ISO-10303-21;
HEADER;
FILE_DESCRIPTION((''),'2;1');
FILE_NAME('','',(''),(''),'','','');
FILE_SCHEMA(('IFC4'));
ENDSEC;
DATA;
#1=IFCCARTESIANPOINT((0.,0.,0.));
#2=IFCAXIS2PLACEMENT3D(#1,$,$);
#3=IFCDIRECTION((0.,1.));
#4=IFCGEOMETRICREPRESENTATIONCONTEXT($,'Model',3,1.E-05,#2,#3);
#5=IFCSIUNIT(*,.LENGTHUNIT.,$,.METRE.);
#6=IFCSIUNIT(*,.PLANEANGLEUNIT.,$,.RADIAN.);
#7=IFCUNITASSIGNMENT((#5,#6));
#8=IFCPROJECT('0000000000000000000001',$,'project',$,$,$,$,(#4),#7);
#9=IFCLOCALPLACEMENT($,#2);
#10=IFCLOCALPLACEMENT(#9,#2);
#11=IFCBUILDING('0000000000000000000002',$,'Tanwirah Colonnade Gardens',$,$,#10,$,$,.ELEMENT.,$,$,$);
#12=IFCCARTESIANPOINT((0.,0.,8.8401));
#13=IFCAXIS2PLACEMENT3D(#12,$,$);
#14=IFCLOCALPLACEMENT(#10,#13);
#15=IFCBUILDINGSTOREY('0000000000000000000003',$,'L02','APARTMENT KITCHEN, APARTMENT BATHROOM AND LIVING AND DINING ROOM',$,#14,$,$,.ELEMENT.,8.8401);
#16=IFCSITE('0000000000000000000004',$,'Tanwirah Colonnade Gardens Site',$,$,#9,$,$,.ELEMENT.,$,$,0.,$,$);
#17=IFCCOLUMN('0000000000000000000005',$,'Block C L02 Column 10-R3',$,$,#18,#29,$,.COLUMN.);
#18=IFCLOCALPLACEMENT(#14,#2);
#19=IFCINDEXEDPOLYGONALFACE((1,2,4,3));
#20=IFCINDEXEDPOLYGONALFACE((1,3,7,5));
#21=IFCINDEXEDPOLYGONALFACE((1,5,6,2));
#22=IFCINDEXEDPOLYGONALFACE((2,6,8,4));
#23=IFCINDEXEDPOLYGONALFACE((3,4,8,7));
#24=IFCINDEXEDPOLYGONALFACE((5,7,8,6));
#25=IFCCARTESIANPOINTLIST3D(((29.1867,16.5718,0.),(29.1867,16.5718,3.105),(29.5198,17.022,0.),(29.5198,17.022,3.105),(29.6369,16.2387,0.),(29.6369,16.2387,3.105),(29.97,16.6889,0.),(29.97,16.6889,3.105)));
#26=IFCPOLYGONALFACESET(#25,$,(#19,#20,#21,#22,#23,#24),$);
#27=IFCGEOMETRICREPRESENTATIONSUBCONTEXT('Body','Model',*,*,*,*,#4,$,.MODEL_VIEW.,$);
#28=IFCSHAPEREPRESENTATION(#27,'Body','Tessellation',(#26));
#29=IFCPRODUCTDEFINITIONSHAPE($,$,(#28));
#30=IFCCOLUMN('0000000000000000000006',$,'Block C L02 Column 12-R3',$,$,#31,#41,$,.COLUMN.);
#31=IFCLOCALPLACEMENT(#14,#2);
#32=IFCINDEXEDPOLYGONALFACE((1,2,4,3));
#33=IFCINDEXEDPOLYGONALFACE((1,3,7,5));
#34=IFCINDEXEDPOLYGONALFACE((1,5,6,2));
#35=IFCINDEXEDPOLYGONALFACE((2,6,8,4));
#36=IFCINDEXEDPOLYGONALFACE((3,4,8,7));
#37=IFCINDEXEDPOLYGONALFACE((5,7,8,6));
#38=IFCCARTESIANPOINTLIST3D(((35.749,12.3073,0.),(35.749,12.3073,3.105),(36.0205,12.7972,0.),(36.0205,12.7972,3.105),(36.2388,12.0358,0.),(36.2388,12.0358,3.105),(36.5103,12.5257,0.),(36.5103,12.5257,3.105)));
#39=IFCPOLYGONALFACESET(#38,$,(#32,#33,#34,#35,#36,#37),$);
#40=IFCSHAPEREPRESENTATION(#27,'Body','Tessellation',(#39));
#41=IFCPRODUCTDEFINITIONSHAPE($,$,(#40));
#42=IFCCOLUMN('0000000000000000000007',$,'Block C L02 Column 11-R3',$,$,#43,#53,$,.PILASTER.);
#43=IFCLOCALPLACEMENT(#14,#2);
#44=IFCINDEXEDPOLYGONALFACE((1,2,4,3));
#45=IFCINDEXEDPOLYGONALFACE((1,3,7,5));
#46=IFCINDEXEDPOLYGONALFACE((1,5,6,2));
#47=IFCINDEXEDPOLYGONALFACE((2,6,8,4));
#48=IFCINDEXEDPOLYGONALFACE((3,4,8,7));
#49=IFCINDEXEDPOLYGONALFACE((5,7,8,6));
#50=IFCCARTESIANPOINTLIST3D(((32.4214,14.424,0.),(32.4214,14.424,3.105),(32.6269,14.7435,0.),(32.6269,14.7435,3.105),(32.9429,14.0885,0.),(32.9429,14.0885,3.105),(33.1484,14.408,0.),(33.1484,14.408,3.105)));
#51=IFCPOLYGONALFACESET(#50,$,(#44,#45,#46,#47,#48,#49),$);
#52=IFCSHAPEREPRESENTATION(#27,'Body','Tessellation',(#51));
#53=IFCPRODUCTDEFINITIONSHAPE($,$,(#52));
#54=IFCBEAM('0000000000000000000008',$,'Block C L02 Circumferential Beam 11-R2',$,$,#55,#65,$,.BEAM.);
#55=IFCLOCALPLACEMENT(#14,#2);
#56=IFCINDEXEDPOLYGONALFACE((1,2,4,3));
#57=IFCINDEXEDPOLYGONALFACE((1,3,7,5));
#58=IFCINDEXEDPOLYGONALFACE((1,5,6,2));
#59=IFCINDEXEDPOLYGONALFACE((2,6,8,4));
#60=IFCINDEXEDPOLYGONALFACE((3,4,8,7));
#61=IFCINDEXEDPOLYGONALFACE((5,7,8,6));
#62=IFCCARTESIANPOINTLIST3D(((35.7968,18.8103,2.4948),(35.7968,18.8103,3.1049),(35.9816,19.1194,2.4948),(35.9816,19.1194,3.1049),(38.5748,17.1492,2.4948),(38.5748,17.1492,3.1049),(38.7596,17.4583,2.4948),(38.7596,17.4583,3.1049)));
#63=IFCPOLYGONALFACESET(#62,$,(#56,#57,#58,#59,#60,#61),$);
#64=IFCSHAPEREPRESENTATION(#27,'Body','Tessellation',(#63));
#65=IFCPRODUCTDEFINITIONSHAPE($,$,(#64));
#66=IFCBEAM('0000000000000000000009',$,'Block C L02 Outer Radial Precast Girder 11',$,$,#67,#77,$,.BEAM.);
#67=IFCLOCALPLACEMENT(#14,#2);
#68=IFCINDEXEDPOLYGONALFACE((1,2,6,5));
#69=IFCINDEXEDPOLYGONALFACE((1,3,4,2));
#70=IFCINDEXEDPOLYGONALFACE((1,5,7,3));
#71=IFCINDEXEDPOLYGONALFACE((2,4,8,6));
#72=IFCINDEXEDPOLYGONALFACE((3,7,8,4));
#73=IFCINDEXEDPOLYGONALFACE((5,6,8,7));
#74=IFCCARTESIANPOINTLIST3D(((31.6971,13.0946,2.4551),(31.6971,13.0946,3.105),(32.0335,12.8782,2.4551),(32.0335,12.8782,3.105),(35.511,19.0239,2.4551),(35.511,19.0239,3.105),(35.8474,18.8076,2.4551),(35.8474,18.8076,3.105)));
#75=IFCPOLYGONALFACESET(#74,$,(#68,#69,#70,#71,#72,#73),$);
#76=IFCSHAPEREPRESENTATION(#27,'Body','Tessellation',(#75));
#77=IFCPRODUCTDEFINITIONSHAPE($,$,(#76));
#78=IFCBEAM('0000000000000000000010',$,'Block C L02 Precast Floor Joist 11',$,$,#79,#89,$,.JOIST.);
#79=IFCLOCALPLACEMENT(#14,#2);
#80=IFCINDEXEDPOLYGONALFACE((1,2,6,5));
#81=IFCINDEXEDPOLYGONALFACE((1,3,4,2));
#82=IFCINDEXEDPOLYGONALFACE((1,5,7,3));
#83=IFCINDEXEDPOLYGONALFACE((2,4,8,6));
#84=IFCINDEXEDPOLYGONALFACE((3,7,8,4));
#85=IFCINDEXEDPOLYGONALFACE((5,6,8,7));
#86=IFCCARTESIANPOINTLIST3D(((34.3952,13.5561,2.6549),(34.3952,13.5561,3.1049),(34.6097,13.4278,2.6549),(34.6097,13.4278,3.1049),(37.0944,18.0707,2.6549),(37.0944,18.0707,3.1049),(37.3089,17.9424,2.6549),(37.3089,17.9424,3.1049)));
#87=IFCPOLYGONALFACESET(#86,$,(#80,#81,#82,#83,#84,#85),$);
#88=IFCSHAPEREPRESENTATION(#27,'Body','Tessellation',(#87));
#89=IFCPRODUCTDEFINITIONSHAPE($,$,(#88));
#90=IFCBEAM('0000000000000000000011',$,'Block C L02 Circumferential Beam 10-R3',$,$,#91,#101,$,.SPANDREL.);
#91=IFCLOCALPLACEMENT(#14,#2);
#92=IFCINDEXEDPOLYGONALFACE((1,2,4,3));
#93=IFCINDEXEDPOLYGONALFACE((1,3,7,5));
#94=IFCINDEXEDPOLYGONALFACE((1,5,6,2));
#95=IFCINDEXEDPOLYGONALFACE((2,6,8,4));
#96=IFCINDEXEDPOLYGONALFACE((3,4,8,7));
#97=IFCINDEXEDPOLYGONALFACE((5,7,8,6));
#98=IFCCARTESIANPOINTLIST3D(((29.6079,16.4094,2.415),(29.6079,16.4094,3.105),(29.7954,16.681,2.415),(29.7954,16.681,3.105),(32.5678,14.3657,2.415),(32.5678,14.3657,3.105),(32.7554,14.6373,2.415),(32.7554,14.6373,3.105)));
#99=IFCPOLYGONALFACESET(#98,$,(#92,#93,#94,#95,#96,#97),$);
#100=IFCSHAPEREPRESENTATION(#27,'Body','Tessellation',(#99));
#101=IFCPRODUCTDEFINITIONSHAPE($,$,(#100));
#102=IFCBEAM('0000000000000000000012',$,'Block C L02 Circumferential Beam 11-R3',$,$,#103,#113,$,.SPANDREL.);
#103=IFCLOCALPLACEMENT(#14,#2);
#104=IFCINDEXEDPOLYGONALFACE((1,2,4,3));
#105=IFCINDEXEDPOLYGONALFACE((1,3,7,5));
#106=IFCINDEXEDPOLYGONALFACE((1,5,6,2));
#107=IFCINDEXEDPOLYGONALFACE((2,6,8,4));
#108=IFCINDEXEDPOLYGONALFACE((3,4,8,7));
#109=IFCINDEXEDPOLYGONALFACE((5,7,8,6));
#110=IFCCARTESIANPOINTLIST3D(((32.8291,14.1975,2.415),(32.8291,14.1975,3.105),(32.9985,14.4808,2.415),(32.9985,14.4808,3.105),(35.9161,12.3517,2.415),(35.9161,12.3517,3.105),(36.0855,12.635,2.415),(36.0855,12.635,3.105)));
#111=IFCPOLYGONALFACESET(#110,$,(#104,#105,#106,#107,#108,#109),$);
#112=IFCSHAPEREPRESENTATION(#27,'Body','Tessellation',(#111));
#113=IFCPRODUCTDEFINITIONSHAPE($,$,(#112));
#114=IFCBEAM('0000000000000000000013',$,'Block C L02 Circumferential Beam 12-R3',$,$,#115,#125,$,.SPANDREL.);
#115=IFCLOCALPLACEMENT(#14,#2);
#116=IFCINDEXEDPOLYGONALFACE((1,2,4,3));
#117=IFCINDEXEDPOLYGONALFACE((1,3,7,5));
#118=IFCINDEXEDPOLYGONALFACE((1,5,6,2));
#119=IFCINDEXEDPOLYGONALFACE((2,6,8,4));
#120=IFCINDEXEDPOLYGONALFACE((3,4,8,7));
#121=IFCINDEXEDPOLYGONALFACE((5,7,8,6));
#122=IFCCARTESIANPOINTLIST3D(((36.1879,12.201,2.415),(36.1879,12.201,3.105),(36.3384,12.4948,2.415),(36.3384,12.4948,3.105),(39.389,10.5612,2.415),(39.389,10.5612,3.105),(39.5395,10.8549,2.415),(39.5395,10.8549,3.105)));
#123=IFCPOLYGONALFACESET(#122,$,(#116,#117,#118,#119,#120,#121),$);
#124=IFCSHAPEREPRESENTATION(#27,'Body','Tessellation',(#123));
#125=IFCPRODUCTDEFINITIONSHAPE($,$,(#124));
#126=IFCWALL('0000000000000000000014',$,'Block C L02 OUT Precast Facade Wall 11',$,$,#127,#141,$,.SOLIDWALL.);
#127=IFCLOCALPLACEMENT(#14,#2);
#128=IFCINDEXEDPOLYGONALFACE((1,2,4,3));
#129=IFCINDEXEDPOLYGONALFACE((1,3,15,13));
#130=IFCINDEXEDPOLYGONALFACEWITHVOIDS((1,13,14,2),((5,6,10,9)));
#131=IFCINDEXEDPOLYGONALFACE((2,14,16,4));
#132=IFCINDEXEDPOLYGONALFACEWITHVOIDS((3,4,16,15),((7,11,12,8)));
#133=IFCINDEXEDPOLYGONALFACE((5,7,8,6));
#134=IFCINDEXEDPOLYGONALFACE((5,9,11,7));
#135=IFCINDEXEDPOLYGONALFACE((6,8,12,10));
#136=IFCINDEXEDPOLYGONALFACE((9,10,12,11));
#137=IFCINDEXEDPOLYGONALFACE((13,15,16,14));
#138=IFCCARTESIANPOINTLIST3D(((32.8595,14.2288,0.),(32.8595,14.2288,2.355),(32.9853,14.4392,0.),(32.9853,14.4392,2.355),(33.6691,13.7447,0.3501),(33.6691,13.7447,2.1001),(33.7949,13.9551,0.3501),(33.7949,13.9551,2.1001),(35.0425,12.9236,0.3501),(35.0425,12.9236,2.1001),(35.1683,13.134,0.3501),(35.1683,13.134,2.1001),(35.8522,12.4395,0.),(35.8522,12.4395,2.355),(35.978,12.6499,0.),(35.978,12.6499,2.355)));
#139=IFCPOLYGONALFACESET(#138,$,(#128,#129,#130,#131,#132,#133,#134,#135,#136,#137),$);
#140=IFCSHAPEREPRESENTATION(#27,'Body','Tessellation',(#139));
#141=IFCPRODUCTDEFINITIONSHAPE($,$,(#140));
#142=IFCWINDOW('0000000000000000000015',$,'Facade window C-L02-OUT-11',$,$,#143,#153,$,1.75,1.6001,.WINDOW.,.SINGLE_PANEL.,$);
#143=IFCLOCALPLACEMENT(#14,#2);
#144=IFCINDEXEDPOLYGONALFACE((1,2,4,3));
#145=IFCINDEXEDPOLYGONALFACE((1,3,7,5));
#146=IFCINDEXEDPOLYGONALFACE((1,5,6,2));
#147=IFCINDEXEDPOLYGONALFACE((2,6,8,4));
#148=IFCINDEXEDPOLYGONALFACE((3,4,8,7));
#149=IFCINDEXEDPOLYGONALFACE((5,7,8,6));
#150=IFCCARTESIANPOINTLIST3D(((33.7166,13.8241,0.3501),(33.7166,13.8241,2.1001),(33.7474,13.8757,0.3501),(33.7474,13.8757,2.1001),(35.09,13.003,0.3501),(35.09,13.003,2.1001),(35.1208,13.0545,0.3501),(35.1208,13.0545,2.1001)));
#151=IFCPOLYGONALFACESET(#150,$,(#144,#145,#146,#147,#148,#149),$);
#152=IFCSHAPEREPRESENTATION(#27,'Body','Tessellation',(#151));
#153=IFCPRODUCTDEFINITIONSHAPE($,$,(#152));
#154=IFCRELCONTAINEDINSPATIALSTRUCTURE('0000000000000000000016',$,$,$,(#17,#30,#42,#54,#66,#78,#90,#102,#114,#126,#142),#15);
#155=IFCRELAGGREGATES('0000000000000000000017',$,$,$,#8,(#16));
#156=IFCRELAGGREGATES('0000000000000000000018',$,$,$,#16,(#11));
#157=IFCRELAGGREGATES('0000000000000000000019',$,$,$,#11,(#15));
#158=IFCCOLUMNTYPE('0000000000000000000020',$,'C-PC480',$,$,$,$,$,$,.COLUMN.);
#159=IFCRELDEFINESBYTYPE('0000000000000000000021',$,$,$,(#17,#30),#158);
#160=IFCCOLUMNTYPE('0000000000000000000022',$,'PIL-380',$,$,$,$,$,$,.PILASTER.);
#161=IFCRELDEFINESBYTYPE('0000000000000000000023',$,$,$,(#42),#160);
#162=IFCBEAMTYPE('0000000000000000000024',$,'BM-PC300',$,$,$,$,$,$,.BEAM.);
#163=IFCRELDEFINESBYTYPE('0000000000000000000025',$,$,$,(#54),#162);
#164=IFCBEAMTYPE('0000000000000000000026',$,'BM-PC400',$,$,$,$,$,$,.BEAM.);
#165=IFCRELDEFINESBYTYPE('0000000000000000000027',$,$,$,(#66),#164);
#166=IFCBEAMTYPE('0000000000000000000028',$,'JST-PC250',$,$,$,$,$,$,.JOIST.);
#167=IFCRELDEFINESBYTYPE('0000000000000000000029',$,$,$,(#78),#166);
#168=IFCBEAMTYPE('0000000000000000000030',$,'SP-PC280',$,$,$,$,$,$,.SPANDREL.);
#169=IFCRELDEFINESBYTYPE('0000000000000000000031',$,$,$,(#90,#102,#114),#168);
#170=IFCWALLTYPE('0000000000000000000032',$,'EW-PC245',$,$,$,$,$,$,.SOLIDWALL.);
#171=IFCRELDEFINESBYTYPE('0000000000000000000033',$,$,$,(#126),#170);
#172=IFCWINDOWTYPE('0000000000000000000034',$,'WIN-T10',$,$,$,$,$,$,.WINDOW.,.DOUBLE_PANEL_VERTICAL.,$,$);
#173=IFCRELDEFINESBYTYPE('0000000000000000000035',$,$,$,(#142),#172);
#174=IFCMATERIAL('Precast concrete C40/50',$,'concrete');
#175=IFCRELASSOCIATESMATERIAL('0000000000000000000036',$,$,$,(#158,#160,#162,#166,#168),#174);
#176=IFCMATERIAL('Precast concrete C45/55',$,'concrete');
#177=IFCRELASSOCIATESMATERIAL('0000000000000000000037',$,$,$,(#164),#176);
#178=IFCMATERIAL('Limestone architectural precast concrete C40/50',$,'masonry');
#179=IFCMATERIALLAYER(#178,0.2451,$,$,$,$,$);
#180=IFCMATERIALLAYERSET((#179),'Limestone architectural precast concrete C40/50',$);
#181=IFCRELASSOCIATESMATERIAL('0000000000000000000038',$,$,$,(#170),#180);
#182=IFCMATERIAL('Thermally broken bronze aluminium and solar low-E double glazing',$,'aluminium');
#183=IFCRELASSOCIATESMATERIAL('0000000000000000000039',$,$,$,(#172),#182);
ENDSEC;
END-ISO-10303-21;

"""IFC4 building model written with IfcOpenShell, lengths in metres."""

from ifc_helpers import new_model, si_unit, direction, frame, frame_2d, origin, origin_2d, place, context, subcontext, project, spatial, rectangle, extrude, material, layer, layer_set, material_profile, profile_set, type_object, element, fill, save


model = new_model("IFC4")

# Units and contexts
model_context = context("Model", 3, precision=1e-05, world=origin(), true_north=direction((0.0, 1.0)))
body_context = subcontext(model_context, "Body", "Model", "MODEL_VIEW")
ifc_project = project(units=[si_unit("LENGTHUNIT", "METRE"), si_unit("PLANEANGLEUNIT", "RADIAN")], contexts=[model_context])

# Site, building, storey
site_placement = place(None, origin())
site = spatial("IfcSite", under=ifc_project, at=site_placement, Name="Tanwirah Colonnade Gardens Site", CompositionType="ELEMENT", RefElevation=0.0)
building_placement = place(site_placement, origin())
building = spatial("IfcBuilding", under=site, at=building_placement, Name="Tanwirah Colonnade Gardens", CompositionType="ELEMENT")
storey_placement = place(building_placement, frame((0.0, 0.0, 8.8401)))
storey = spatial("IfcBuildingStorey", under=building, at=storey_placement, Name="L02", Description="APARTMENT KITCHEN, APARTMENT BATHROOM AND LIVING AND DINING ROOM", CompositionType="ELEMENT", Elevation=8.8401)

# Columns
ifc_material_1 = material(Name="Precast concrete C40/50", Category="concrete")
ifc_material_profile_1 = material_profile(ifc_material_1, rectangle(XDim=0.5601, YDim=0.5601, at=origin_2d()), Name="PC-COL 560x560")
ifc_profile_set_1 = profile_set([ifc_material_profile_1], Name="Precast concrete C40/50")
column_type_1 = type_object("IfcColumnType", Name="C-PC480", PredefinedType="COLUMN", material=ifc_profile_set_1)
for number, where, z_axis, x_axis, name in (
    (1, (29.5784, 16.6304, 0.0), (0.0, 0.0, 1.0), (-0.594823, -0.803857, 0.0), "Block C L02 Column 10-R3"),
    (2, (36.1296, 12.4165, 0.0), (0.0, 0.0, 1.0), (-0.48481, -0.87462, 0.0), "Block C L02 Column 12-R3"),
):
    element("IfcColumn", number, at=place(storey_placement, frame(where, z_axis=z_axis, x_axis=x_axis)), inside=storey, type_object=column_type_1, Name=name, PredefinedType="COLUMN", context=body_context, shape_type="SweptSolid", body=[
        extrude(rectangle(XDim=0.5601, YDim=0.5601, at=origin_2d()), origin(), (0.0, 0.0, 1.0), 3.105),
    ])
ifc_material_profile_2 = material_profile(ifc_material_1, rectangle(XDim=0.3799, YDim=0.6201, at=origin_2d()), Name="PC-PIL 380x620")
ifc_profile_set_2 = profile_set([ifc_material_profile_2], Name="Precast concrete C40/50")
column_type_2 = type_object("IfcColumnType", Name="PIL-380", PredefinedType="PILASTER", material=ifc_profile_set_2)
column_placement = place(storey_placement, frame((32.7849, 14.416, 0.0), z_axis=(0.0, 0.0, 1.0), x_axis=(-0.540974, -0.841039, 0.0)))
element("IfcColumn", 3, at=column_placement, inside=storey, type_object=column_type_2, Name="Block C L02 Column 11-R3", PredefinedType="PILASTER", context=body_context, shape_type="SweptSolid", body=[
    extrude(rectangle(XDim=0.3799, YDim=0.6201, at=origin_2d()), origin(), (0.0, 0.0, 1.0), 3.105),
])

# Beams
ifc_material_profile_3 = material_profile(ifc_material_1, rectangle(XDim=0.3601, YDim=0.6101, at=origin_2d()), Name="PC-BM 360x610")
ifc_profile_set_3 = profile_set([ifc_material_profile_3], Name="Precast concrete C40/50")
beam_type_1 = type_object("IfcBeamType", Name="BM-PC300", PredefinedType="BEAM", material=ifc_profile_set_3)
beam_1_placement = place(storey_placement, frame((35.8892, 18.9648, 2.7998), z_axis=(0.858271, -0.513197, 0.0), x_axis=(0.513197, 0.858271, 0.0)))
element("IfcBeam", 4, at=beam_1_placement, inside=storey, type_object=beam_type_1, Name="Block C L02 Circumferential Beam 11-R2", PredefinedType="BEAM", context=body_context, shape_type="SweptSolid", body=[
    extrude(rectangle(XDim=0.3601, YDim=0.6101, at=origin_2d()), origin(), (0.0, 0.0, 1.0), 3.2368),
])
ifc_material_2 = material(Name="Precast concrete C45/55", Category="concrete")
ifc_material_profile_4 = material_profile(ifc_material_2, rectangle(XDim=0.3999, YDim=0.6499, at=origin_2d()), Name="PC-BM 400x650")
ifc_profile_set_4 = profile_set([ifc_material_profile_4], Name="Precast concrete C45/55")
beam_type_2 = type_object("IfcBeamType", Name="BM-PC400", PredefinedType="BEAM", material=ifc_profile_set_4)
beam_2_placement = place(storey_placement, frame((35.6792, 18.9158, 2.78), z_axis=(-0.540976, -0.841038, 0.0), x_axis=(0.841038, -0.540976, 0.0)))
element("IfcBeam", 5, at=beam_2_placement, inside=storey, type_object=beam_type_2, Name="Block C L02 Outer Radial Precast Girder 11", PredefinedType="BEAM", context=body_context, shape_type="SweptSolid", body=[
    extrude(rectangle(XDim=0.3999, YDim=0.6499, at=origin_2d()), origin(), (0.0, 0.0, 1.0), 7.05),
])
ifc_material_profile_5 = material_profile(ifc_material_1, rectangle(XDim=0.25, YDim=0.45, at=origin_2d()), Name="PC-JST 250x450")
ifc_profile_set_5 = profile_set([ifc_material_profile_5], Name="Precast concrete C40/50")
beam_type_3 = type_object("IfcBeamType", Name="JST-PC250", PredefinedType="JOIST", material=ifc_profile_set_5)
beam_3_placement = place(storey_placement, frame((37.2017, 18.0066, 2.8799), z_axis=(-0.513157, -0.858295, 0.0), x_axis=(0.858295, -0.513157, 0.0)))
element("IfcBeam", 6, at=beam_3_placement, inside=storey, type_object=beam_type_3, Name="Block C L02 Precast Floor Joist 11", PredefinedType="JOIST", context=body_context, shape_type="SweptSolid", body=[
    extrude(rectangle(XDim=0.25, YDim=0.45, at=origin_2d()), origin(), (0.0, 0.0, 1.0), 5.26),
])
ifc_material_profile_6 = material_profile(ifc_material_1, rectangle(XDim=0.3301, YDim=0.6899, at=origin_2d()), Name="PC-SP 330x690")
ifc_profile_set_6 = profile_set([ifc_material_profile_6], Name="Precast concrete C40/50")
beam_type_4 = type_object("IfcBeamType", Name="SP-PC280", PredefinedType="SPANDREL", material=ifc_profile_set_6)
beam_4_placement = place(storey_placement, frame((29.7017, 16.5452, 2.76), z_axis=(0.822907, -0.568175, 0.0), x_axis=(0.568175, 0.822907, 0.0)))
element("IfcBeam", 7, at=beam_4_placement, inside=storey, type_object=beam_type_4, Name="Block C L02 Circumferential Beam 10-R3", PredefinedType="SPANDREL", context=body_context, shape_type="SweptSolid", body=[
    extrude(rectangle(XDim=0.3301, YDim=0.6899, at=origin_2d()), origin(), (0.0, 0.0, 1.0), 3.5969),
])
for number, where, z_axis, x_axis, name in (
    (8, (32.9138, 14.3391, 2.76), (0.858283, -0.513177, 0.0), (0.513177, 0.858283, 0.0), "Block C L02 Circumferential Beam 11-R3"),
    (9, (36.2632, 12.3479, 2.76), (0.890013, -0.455935, 0.0), (0.455935, 0.890013, 0.0), "Block C L02 Circumferential Beam 12-R3"),
):
    element("IfcBeam", number, at=place(storey_placement, frame(where, z_axis=z_axis, x_axis=x_axis)), inside=storey, type_object=beam_type_4, Name=name, PredefinedType="SPANDREL", context=body_context, shape_type="SweptSolid", body=[
        extrude(rectangle(XDim=0.3301, YDim=0.6899, at=origin_2d()), origin(), (0.0, 0.0, 1.0), 3.5967),
    ])

# Shared definitions
ifc_material_3 = material(Name="Limestone architectural precast concrete C40/50", Category="masonry")
ifc_layer_1 = layer(ifc_material_3, 0.2451)
ifc_layer_set_1 = layer_set([ifc_layer_1], Name="Limestone architectural precast concrete C40/50")
wall_type_1 = type_object("IfcWallType", Name="EW-PC245", PredefinedType="SOLIDWALL", material=ifc_layer_set_1)

# Wall, opening, window
wall_1_placement = place(storey_placement, frame((32.9224, 14.334, 0.0), z_axis=(0.0, 0.0, 1.0), x_axis=(0.858289, -0.513167, 0.0)))
wall_1 = element("IfcWall", 10, at=wall_1_placement, inside=storey, type_object=wall_type_1, Name="Block C L02 OUT Precast Facade Wall 11", PredefinedType="SOLIDWALL", context=body_context, shape_type="SweptSolid", body=[
    extrude(rectangle(XDim=3.4868, YDim=0.2451, at=frame_2d((1.7434, 0.0))), origin(), (0.0, 0.0, 1.0), 2.355),
])
opening_1_placement = place(wall_1_placement, frame((0.9434, 0.0, 0.3501)))
opening_1 = element("IfcOpeningElement", 11, at=opening_1_placement, cuts=wall_1, PredefinedType="OPENING", context=body_context, shape_type="SweptSolid", body=[
    extrude(rectangle(XDim=1.6001, YDim=1.75, at=frame_2d((0.8, 0.875))), frame((0.0, 0.1326, 0.0), z_axis=(0.0, -1.0, 0.0), x_axis=(1.0, 0.0, 0.0)), (0.0, 0.0, 1.0), 0.2651),
])
ifc_material_4 = material(Name="Thermally broken bronze aluminium and solar low-E double glazing", Category="aluminium")
window_type_1 = type_object("IfcWindowType", Name="WIN-T10", PartitioningType="DOUBLE_PANEL_VERTICAL", PredefinedType="WINDOW", material=ifc_material_4)
window_1_placement = place(opening_1_placement, origin())
window_1 = element("IfcWindow", 12, at=window_1_placement, inside=storey, type_object=window_type_1, Name="Facade window C-L02-OUT-11", OverallHeight=1.75, OverallWidth=1.6001, PartitioningType="SINGLE_PANEL", PredefinedType="WINDOW", context=body_context, shape_type="SweptSolid", body=[
    extrude(rectangle(XDim=1.6001, YDim=1.75, at=frame_2d((0.8, 0.875))), frame((0.0, 0.03, 0.0), z_axis=(0.0, -1.0, 0.0), x_axis=(1.0, 0.0, 0.0)), (0.0, 0.0, 1.0), 0.0601),
])
fill(opening_1, window_1)

save(model, "model.ifc")
